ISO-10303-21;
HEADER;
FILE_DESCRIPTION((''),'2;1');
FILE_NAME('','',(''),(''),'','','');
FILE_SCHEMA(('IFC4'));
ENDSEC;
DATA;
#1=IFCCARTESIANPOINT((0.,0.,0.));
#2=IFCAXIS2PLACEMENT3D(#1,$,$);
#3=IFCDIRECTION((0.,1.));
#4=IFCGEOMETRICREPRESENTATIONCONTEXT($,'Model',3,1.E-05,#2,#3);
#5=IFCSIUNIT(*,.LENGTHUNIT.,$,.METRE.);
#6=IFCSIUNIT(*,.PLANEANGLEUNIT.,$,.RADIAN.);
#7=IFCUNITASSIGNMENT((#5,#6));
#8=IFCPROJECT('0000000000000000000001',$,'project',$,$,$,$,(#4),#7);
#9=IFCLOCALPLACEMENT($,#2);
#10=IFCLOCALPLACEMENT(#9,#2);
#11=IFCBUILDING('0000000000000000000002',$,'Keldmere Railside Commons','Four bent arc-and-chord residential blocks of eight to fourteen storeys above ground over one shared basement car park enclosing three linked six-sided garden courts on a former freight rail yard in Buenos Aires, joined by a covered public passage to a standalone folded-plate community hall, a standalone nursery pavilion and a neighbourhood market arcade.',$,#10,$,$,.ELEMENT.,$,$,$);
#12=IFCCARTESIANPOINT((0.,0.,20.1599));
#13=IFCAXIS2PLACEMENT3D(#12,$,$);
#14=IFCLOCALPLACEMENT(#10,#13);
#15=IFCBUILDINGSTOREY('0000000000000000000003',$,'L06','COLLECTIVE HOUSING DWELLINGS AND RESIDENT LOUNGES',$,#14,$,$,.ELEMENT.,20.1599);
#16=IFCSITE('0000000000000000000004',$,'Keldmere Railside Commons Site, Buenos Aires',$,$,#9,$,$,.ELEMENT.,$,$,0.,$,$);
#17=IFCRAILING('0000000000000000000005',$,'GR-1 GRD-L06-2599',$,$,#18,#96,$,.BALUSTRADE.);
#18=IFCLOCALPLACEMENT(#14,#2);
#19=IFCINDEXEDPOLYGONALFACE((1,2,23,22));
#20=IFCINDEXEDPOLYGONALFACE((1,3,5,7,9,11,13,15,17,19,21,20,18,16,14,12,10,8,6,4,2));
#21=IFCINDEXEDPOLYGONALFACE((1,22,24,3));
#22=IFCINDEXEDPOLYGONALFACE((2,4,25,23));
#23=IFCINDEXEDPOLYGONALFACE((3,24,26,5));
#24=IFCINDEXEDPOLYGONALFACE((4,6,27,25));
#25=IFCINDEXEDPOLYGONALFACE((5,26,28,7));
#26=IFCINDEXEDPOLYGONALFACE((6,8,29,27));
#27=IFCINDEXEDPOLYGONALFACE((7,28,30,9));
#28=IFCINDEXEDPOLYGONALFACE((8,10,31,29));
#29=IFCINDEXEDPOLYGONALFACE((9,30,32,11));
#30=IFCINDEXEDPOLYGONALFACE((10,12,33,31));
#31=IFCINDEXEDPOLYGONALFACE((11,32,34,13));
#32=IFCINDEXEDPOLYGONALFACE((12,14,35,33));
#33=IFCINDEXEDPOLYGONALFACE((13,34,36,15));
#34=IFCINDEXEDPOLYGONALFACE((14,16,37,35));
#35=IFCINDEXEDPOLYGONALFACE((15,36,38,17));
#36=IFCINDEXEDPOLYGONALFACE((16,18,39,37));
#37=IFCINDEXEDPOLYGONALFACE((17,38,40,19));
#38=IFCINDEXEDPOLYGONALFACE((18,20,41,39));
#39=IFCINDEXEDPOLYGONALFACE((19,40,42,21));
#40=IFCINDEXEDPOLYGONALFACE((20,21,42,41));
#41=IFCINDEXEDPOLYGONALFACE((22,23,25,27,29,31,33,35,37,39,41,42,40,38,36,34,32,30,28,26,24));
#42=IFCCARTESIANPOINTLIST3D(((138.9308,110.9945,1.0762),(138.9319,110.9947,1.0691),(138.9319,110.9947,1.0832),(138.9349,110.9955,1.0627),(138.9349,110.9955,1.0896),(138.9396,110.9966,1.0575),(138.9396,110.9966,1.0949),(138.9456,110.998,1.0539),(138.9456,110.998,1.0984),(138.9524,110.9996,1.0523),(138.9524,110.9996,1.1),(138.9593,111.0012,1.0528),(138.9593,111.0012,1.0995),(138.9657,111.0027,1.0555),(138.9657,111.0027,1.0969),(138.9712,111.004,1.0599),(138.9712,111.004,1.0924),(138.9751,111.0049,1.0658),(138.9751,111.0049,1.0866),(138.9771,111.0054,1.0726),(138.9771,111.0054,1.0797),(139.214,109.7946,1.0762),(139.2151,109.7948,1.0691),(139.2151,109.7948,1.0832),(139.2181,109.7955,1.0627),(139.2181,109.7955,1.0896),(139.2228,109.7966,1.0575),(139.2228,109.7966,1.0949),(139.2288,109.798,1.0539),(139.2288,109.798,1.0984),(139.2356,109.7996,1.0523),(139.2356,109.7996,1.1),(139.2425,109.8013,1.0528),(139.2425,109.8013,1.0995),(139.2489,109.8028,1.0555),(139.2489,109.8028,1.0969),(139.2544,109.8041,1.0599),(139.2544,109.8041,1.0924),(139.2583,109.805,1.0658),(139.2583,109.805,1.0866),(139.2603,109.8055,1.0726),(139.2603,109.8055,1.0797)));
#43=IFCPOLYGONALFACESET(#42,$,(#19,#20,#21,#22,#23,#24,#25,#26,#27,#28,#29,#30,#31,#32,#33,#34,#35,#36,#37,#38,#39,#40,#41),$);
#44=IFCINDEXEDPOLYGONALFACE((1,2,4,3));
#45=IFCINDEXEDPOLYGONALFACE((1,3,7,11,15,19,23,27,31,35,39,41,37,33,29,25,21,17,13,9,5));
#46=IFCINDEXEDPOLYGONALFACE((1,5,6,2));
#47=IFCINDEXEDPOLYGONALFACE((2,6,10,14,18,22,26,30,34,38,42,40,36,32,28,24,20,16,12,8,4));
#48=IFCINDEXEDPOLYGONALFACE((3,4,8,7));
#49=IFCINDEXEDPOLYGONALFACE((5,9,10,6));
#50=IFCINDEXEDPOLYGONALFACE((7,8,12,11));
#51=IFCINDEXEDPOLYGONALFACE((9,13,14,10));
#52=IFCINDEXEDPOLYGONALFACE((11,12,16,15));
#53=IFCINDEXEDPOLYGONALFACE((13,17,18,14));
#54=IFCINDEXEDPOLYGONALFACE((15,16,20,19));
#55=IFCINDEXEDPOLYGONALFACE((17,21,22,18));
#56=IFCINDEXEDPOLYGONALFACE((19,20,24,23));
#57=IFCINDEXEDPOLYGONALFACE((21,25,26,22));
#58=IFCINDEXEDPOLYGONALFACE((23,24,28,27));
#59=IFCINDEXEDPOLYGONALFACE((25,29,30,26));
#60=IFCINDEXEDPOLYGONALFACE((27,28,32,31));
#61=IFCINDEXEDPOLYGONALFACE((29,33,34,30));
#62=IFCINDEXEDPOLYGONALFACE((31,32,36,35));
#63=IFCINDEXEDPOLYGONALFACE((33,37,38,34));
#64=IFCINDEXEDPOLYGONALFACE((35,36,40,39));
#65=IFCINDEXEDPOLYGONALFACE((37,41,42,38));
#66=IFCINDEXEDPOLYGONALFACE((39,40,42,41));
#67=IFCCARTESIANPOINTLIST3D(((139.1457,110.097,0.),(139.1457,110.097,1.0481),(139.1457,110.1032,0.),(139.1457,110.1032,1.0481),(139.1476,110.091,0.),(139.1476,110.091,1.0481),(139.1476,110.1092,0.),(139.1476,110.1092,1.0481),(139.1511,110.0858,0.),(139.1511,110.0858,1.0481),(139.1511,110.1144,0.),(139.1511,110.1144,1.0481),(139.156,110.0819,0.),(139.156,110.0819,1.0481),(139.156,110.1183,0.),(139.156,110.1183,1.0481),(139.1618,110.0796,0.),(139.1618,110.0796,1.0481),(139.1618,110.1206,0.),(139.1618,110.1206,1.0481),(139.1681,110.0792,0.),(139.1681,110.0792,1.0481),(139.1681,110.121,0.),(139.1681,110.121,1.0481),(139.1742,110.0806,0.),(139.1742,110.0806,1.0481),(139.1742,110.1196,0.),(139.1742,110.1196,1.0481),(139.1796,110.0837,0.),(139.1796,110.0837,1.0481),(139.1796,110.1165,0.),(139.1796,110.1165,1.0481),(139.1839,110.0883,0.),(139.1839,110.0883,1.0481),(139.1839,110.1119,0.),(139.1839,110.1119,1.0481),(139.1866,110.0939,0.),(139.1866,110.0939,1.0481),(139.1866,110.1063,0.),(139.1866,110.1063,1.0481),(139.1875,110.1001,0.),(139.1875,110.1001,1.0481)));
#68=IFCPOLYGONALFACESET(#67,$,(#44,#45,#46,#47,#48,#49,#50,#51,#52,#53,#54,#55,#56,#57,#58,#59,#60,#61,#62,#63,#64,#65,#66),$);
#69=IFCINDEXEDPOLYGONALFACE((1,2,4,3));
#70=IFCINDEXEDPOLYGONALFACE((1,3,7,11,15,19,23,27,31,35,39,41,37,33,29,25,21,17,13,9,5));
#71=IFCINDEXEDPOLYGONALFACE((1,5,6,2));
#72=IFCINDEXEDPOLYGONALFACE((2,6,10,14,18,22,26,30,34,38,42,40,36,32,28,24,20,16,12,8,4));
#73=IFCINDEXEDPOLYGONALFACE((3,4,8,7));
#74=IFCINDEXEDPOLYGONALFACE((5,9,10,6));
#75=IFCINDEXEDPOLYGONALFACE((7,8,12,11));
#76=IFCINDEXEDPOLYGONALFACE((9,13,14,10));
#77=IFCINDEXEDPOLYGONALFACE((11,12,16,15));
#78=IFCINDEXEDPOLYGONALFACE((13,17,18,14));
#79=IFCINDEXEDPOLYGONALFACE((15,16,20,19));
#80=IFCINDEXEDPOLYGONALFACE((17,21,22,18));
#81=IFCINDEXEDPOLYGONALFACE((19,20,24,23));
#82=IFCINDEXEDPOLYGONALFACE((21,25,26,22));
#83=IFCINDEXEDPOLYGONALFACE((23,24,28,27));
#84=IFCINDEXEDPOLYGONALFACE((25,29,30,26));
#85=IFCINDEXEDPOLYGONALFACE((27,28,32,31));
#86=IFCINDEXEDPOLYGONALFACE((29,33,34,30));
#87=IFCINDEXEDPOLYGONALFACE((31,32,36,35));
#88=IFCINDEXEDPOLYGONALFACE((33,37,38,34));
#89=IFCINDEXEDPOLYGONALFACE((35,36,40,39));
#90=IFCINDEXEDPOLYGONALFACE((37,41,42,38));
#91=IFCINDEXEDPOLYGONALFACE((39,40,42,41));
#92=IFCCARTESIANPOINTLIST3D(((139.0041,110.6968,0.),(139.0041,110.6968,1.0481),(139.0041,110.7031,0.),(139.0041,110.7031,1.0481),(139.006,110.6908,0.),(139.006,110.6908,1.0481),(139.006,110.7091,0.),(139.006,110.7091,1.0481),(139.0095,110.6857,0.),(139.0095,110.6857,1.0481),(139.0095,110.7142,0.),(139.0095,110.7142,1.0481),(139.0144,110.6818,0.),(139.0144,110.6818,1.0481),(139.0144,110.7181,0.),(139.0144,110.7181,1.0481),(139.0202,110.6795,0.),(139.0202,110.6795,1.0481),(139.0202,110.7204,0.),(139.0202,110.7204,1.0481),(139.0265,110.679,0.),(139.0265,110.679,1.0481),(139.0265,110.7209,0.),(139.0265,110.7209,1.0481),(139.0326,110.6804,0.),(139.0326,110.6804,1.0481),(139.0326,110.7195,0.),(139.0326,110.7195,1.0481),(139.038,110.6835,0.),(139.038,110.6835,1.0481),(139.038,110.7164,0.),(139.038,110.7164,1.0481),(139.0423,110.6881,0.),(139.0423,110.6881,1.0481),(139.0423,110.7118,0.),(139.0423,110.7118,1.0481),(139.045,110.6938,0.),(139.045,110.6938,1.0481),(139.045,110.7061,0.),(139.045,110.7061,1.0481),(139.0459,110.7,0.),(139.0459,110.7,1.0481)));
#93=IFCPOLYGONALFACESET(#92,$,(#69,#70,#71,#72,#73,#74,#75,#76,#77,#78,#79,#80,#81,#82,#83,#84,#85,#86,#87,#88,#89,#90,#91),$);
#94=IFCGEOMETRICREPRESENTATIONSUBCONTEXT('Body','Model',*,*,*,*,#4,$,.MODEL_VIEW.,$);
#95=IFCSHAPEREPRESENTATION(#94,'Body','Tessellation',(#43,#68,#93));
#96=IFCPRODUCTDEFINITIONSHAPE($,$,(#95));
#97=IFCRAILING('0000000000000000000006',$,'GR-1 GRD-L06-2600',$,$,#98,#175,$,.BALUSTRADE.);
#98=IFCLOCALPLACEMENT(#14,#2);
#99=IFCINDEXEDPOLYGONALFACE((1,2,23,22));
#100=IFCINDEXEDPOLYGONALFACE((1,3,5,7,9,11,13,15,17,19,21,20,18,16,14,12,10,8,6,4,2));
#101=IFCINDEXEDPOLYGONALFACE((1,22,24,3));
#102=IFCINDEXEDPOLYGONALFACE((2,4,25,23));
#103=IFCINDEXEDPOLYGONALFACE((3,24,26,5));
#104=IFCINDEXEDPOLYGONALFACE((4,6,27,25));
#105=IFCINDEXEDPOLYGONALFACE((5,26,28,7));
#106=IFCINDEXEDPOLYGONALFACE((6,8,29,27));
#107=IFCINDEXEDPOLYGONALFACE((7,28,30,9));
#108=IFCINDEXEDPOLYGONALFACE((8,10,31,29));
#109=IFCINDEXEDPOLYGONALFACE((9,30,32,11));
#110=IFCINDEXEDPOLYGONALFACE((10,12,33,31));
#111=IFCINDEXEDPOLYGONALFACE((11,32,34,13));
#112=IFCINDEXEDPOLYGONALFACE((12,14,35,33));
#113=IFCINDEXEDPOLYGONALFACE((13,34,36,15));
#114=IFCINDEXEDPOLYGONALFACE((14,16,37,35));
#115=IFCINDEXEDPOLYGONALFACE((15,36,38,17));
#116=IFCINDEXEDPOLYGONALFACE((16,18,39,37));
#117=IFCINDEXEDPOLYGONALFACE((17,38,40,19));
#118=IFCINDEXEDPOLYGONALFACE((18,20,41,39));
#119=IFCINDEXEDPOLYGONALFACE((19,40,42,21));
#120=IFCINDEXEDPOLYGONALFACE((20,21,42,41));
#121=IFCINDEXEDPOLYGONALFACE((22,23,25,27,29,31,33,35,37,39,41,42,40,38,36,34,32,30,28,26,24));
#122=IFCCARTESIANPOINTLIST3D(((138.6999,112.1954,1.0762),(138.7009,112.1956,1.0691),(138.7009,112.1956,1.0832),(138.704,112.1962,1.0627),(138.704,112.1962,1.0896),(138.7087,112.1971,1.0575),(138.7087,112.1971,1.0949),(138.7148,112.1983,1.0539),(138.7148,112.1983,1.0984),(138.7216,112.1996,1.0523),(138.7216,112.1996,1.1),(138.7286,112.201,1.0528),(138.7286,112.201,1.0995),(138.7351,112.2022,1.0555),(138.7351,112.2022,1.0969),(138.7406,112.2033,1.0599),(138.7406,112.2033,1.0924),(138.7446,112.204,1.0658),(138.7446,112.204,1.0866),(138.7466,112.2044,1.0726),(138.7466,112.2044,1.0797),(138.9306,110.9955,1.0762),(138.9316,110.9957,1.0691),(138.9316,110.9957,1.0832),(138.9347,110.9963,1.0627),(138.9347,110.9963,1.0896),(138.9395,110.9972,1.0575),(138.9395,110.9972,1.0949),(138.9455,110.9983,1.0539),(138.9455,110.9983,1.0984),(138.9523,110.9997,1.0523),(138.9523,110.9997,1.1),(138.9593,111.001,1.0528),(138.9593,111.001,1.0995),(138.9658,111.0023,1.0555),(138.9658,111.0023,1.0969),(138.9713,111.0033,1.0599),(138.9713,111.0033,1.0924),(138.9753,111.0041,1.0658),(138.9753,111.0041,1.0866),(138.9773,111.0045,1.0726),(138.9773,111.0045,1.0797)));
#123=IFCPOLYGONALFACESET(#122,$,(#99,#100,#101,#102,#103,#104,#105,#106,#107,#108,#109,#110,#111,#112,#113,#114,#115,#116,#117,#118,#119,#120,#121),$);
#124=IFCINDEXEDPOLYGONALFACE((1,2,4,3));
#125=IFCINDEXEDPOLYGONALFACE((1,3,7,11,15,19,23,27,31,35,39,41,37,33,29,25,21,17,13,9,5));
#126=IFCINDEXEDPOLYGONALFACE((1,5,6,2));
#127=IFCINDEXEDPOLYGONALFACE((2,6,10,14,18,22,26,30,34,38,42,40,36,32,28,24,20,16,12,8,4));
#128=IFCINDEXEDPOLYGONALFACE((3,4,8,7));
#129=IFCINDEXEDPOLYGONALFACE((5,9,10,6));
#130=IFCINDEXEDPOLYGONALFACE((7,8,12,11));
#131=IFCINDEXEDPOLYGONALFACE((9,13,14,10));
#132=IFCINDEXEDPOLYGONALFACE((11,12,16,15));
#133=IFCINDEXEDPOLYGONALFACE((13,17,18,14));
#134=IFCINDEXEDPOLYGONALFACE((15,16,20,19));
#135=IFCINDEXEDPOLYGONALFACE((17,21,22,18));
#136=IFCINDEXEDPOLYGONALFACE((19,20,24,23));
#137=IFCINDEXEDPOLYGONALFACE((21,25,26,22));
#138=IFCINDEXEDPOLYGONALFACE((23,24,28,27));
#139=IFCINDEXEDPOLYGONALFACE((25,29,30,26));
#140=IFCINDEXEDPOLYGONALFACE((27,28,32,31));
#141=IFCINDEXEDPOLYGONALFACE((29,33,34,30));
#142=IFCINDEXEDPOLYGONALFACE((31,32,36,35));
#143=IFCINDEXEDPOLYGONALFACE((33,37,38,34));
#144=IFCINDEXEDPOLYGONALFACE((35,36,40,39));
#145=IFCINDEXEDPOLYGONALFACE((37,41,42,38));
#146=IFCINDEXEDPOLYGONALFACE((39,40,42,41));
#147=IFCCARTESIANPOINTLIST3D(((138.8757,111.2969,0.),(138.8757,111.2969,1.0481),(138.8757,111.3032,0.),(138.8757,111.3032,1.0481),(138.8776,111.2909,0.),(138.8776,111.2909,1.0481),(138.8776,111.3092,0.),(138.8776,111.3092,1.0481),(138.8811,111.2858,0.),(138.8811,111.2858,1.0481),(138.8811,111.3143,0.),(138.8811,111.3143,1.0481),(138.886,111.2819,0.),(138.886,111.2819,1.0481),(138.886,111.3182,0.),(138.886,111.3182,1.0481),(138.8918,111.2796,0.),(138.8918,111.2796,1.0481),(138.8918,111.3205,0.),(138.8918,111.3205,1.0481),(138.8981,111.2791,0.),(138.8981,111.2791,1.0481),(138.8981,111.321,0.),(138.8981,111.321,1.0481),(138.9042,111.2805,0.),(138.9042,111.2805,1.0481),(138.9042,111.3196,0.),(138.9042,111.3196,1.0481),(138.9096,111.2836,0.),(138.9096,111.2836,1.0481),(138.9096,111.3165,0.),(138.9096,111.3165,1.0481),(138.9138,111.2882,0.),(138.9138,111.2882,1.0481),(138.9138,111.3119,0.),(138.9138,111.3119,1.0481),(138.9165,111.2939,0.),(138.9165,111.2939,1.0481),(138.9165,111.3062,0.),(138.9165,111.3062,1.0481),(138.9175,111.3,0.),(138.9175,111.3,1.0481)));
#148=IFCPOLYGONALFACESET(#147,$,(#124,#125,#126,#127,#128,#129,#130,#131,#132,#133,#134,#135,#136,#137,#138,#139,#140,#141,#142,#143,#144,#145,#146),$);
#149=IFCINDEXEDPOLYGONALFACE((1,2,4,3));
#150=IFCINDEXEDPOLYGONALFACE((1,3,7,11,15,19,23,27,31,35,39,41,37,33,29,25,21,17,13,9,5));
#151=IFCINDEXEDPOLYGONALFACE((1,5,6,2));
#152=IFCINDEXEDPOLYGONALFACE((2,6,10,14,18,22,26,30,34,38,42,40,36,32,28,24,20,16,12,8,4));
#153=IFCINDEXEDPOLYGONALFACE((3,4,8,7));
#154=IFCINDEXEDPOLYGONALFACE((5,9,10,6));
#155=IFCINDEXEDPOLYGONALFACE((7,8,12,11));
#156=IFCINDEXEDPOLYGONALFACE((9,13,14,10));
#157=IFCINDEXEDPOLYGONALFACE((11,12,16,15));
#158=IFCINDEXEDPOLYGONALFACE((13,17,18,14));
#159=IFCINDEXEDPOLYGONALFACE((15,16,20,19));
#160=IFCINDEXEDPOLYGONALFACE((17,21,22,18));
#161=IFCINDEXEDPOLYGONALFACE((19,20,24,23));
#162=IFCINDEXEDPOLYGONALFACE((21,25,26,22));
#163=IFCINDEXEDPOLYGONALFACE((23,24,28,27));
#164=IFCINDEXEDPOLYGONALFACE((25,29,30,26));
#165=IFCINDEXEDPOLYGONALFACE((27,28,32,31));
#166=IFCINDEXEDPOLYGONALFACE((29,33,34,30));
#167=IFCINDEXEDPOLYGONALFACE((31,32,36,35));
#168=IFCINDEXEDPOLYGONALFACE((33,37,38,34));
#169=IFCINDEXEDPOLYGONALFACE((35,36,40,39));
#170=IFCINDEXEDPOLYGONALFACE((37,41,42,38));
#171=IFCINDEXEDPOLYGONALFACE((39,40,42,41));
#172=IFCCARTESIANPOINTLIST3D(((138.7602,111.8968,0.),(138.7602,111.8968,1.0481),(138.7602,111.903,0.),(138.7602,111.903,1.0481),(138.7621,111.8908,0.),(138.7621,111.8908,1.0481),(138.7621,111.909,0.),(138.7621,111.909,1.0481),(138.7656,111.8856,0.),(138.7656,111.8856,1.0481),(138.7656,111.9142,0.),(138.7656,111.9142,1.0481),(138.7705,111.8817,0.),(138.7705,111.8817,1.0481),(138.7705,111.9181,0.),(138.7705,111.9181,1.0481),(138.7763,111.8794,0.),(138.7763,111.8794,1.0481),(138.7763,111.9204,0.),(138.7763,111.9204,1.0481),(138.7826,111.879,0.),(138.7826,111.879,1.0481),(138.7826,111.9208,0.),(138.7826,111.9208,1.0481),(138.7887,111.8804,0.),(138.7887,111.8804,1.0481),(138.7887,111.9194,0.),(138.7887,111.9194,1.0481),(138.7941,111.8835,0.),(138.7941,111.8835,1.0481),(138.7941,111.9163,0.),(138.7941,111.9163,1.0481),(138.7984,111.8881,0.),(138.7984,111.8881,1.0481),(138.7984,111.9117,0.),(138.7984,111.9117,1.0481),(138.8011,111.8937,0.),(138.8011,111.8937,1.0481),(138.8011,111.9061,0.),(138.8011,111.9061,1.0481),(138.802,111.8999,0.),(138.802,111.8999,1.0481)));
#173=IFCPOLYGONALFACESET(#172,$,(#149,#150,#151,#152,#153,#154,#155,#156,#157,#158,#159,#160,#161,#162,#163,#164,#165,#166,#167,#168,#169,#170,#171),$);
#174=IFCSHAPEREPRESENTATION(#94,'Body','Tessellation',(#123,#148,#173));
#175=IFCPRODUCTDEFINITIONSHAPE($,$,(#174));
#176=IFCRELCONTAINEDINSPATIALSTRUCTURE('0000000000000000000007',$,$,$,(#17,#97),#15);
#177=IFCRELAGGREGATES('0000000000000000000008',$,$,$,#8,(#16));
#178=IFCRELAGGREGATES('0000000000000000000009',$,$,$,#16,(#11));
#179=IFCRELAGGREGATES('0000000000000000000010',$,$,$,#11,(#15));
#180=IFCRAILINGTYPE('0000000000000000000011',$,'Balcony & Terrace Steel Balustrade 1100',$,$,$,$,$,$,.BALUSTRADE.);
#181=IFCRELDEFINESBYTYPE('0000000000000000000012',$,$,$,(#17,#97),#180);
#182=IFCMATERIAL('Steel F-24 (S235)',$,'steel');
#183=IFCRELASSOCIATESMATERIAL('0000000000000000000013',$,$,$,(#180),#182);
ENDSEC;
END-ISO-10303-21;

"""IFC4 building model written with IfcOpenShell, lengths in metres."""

from ifc_helpers import new_model, si_unit, direction, frame, origin, origin_2d, place, context, subcontext, project, spatial, circle, extrude, material, type_object, element, save


model = new_model("IFC4")

# Units and contexts
model_context = context("Model", 3, precision=1e-05, world=origin(), true_north=direction((0.0, 1.0)))
body_context = subcontext(model_context, "Body", "Model", "MODEL_VIEW")
ifc_project = project(units=[si_unit("LENGTHUNIT", "METRE"), si_unit("PLANEANGLEUNIT", "RADIAN")], contexts=[model_context])

# Site, building, storey
site_placement = place(None, origin())
site = spatial("IfcSite", under=ifc_project, at=site_placement, Name="Keldmere Railside Commons Site, Buenos Aires", CompositionType="ELEMENT", RefElevation=0.0)
building_placement = place(site_placement, origin())
building = spatial("IfcBuilding", under=site, at=building_placement, Name="Keldmere Railside Commons", Description="Four bent arc-and-chord residential blocks of eight to fourteen storeys above ground over one shared basement car park enclosing three linked six-sided garden courts on a former freight rail yard in Buenos Aires, joined by a covered public passage to a standalone folded-plate community hall, a standalone nursery pavilion and a neighbourhood market arcade.", CompositionType="ELEMENT")
storey_placement = place(building_placement, frame((0.0, 0.0, 20.1599)))
storey = spatial("IfcBuildingStorey", under=building, at=storey_placement, Name="L06", Description="COLLECTIVE HOUSING DWELLINGS AND RESIDENT LOUNGES", CompositionType="ELEMENT", Elevation=20.1599)

# Railings
ifc_material_1 = material(Name="Steel F-24 (S235)", Category="steel")
railing_type = type_object("IfcRailingType", Name="Balcony & Terrace Steel Balustrade 1100", PredefinedType="BALUSTRADE", material=ifc_material_1)
railing_1_placement = place(storey_placement, frame((139.2373, 109.8, 0.0)))
element("IfcRailing", 1, at=railing_1_placement, inside=storey, type_object=railing_type, Name="GR-1 GRD-L06-2599", PredefinedType="BALUSTRADE", context=body_context, shape_type="SweptSolid", body=[
    extrude(circle(Radius=0.0239, at=origin_2d()), frame((0.0, 0.0, 1.0762), z_axis=(-0.229702, 0.973261, 0.0), x_axis=(-0.973261, -0.229702, 0.0)), (0.0, 0.0, 1.0), 1.2329),
    extrude(circle(Radius=0.021, at=origin_2d()), frame((-0.0708, 0.3, 0.0)), (0.0, 0.0, 1.0), 1.0481),
    extrude(circle(Radius=0.021, at=origin_2d()), frame((-0.2124, 0.8999, 0.0)), (0.0, 0.0, 1.0), 1.0481),
])
railing_2_placement = place(storey_placement, frame((138.9541, 111.0, 0.0)))
element("IfcRailing", 2, at=railing_2_placement, inside=storey, type_object=railing_type, Name="GR-1 GRD-L06-2600", PredefinedType="BALUSTRADE", context=body_context, shape_type="SweptSolid", body=[
    extrude(circle(Radius=0.0239, at=origin_2d()), frame((0.0, 0.0, 1.0762), z_axis=(-0.18881, 0.982014, 0.0), x_axis=(-0.982014, -0.18881, 0.0)), (0.0, 0.0, 1.0), 1.2219),
    extrude(circle(Radius=0.021, at=origin_2d()), frame((-0.0576, 0.3, 0.0)), (0.0, 0.0, 1.0), 1.0481),
    extrude(circle(Radius=0.021, at=origin_2d()), frame((-0.1731, 0.8999, 0.0)), (0.0, 0.0, 1.0), 1.0481),
])

save(model, "model.ifc")
